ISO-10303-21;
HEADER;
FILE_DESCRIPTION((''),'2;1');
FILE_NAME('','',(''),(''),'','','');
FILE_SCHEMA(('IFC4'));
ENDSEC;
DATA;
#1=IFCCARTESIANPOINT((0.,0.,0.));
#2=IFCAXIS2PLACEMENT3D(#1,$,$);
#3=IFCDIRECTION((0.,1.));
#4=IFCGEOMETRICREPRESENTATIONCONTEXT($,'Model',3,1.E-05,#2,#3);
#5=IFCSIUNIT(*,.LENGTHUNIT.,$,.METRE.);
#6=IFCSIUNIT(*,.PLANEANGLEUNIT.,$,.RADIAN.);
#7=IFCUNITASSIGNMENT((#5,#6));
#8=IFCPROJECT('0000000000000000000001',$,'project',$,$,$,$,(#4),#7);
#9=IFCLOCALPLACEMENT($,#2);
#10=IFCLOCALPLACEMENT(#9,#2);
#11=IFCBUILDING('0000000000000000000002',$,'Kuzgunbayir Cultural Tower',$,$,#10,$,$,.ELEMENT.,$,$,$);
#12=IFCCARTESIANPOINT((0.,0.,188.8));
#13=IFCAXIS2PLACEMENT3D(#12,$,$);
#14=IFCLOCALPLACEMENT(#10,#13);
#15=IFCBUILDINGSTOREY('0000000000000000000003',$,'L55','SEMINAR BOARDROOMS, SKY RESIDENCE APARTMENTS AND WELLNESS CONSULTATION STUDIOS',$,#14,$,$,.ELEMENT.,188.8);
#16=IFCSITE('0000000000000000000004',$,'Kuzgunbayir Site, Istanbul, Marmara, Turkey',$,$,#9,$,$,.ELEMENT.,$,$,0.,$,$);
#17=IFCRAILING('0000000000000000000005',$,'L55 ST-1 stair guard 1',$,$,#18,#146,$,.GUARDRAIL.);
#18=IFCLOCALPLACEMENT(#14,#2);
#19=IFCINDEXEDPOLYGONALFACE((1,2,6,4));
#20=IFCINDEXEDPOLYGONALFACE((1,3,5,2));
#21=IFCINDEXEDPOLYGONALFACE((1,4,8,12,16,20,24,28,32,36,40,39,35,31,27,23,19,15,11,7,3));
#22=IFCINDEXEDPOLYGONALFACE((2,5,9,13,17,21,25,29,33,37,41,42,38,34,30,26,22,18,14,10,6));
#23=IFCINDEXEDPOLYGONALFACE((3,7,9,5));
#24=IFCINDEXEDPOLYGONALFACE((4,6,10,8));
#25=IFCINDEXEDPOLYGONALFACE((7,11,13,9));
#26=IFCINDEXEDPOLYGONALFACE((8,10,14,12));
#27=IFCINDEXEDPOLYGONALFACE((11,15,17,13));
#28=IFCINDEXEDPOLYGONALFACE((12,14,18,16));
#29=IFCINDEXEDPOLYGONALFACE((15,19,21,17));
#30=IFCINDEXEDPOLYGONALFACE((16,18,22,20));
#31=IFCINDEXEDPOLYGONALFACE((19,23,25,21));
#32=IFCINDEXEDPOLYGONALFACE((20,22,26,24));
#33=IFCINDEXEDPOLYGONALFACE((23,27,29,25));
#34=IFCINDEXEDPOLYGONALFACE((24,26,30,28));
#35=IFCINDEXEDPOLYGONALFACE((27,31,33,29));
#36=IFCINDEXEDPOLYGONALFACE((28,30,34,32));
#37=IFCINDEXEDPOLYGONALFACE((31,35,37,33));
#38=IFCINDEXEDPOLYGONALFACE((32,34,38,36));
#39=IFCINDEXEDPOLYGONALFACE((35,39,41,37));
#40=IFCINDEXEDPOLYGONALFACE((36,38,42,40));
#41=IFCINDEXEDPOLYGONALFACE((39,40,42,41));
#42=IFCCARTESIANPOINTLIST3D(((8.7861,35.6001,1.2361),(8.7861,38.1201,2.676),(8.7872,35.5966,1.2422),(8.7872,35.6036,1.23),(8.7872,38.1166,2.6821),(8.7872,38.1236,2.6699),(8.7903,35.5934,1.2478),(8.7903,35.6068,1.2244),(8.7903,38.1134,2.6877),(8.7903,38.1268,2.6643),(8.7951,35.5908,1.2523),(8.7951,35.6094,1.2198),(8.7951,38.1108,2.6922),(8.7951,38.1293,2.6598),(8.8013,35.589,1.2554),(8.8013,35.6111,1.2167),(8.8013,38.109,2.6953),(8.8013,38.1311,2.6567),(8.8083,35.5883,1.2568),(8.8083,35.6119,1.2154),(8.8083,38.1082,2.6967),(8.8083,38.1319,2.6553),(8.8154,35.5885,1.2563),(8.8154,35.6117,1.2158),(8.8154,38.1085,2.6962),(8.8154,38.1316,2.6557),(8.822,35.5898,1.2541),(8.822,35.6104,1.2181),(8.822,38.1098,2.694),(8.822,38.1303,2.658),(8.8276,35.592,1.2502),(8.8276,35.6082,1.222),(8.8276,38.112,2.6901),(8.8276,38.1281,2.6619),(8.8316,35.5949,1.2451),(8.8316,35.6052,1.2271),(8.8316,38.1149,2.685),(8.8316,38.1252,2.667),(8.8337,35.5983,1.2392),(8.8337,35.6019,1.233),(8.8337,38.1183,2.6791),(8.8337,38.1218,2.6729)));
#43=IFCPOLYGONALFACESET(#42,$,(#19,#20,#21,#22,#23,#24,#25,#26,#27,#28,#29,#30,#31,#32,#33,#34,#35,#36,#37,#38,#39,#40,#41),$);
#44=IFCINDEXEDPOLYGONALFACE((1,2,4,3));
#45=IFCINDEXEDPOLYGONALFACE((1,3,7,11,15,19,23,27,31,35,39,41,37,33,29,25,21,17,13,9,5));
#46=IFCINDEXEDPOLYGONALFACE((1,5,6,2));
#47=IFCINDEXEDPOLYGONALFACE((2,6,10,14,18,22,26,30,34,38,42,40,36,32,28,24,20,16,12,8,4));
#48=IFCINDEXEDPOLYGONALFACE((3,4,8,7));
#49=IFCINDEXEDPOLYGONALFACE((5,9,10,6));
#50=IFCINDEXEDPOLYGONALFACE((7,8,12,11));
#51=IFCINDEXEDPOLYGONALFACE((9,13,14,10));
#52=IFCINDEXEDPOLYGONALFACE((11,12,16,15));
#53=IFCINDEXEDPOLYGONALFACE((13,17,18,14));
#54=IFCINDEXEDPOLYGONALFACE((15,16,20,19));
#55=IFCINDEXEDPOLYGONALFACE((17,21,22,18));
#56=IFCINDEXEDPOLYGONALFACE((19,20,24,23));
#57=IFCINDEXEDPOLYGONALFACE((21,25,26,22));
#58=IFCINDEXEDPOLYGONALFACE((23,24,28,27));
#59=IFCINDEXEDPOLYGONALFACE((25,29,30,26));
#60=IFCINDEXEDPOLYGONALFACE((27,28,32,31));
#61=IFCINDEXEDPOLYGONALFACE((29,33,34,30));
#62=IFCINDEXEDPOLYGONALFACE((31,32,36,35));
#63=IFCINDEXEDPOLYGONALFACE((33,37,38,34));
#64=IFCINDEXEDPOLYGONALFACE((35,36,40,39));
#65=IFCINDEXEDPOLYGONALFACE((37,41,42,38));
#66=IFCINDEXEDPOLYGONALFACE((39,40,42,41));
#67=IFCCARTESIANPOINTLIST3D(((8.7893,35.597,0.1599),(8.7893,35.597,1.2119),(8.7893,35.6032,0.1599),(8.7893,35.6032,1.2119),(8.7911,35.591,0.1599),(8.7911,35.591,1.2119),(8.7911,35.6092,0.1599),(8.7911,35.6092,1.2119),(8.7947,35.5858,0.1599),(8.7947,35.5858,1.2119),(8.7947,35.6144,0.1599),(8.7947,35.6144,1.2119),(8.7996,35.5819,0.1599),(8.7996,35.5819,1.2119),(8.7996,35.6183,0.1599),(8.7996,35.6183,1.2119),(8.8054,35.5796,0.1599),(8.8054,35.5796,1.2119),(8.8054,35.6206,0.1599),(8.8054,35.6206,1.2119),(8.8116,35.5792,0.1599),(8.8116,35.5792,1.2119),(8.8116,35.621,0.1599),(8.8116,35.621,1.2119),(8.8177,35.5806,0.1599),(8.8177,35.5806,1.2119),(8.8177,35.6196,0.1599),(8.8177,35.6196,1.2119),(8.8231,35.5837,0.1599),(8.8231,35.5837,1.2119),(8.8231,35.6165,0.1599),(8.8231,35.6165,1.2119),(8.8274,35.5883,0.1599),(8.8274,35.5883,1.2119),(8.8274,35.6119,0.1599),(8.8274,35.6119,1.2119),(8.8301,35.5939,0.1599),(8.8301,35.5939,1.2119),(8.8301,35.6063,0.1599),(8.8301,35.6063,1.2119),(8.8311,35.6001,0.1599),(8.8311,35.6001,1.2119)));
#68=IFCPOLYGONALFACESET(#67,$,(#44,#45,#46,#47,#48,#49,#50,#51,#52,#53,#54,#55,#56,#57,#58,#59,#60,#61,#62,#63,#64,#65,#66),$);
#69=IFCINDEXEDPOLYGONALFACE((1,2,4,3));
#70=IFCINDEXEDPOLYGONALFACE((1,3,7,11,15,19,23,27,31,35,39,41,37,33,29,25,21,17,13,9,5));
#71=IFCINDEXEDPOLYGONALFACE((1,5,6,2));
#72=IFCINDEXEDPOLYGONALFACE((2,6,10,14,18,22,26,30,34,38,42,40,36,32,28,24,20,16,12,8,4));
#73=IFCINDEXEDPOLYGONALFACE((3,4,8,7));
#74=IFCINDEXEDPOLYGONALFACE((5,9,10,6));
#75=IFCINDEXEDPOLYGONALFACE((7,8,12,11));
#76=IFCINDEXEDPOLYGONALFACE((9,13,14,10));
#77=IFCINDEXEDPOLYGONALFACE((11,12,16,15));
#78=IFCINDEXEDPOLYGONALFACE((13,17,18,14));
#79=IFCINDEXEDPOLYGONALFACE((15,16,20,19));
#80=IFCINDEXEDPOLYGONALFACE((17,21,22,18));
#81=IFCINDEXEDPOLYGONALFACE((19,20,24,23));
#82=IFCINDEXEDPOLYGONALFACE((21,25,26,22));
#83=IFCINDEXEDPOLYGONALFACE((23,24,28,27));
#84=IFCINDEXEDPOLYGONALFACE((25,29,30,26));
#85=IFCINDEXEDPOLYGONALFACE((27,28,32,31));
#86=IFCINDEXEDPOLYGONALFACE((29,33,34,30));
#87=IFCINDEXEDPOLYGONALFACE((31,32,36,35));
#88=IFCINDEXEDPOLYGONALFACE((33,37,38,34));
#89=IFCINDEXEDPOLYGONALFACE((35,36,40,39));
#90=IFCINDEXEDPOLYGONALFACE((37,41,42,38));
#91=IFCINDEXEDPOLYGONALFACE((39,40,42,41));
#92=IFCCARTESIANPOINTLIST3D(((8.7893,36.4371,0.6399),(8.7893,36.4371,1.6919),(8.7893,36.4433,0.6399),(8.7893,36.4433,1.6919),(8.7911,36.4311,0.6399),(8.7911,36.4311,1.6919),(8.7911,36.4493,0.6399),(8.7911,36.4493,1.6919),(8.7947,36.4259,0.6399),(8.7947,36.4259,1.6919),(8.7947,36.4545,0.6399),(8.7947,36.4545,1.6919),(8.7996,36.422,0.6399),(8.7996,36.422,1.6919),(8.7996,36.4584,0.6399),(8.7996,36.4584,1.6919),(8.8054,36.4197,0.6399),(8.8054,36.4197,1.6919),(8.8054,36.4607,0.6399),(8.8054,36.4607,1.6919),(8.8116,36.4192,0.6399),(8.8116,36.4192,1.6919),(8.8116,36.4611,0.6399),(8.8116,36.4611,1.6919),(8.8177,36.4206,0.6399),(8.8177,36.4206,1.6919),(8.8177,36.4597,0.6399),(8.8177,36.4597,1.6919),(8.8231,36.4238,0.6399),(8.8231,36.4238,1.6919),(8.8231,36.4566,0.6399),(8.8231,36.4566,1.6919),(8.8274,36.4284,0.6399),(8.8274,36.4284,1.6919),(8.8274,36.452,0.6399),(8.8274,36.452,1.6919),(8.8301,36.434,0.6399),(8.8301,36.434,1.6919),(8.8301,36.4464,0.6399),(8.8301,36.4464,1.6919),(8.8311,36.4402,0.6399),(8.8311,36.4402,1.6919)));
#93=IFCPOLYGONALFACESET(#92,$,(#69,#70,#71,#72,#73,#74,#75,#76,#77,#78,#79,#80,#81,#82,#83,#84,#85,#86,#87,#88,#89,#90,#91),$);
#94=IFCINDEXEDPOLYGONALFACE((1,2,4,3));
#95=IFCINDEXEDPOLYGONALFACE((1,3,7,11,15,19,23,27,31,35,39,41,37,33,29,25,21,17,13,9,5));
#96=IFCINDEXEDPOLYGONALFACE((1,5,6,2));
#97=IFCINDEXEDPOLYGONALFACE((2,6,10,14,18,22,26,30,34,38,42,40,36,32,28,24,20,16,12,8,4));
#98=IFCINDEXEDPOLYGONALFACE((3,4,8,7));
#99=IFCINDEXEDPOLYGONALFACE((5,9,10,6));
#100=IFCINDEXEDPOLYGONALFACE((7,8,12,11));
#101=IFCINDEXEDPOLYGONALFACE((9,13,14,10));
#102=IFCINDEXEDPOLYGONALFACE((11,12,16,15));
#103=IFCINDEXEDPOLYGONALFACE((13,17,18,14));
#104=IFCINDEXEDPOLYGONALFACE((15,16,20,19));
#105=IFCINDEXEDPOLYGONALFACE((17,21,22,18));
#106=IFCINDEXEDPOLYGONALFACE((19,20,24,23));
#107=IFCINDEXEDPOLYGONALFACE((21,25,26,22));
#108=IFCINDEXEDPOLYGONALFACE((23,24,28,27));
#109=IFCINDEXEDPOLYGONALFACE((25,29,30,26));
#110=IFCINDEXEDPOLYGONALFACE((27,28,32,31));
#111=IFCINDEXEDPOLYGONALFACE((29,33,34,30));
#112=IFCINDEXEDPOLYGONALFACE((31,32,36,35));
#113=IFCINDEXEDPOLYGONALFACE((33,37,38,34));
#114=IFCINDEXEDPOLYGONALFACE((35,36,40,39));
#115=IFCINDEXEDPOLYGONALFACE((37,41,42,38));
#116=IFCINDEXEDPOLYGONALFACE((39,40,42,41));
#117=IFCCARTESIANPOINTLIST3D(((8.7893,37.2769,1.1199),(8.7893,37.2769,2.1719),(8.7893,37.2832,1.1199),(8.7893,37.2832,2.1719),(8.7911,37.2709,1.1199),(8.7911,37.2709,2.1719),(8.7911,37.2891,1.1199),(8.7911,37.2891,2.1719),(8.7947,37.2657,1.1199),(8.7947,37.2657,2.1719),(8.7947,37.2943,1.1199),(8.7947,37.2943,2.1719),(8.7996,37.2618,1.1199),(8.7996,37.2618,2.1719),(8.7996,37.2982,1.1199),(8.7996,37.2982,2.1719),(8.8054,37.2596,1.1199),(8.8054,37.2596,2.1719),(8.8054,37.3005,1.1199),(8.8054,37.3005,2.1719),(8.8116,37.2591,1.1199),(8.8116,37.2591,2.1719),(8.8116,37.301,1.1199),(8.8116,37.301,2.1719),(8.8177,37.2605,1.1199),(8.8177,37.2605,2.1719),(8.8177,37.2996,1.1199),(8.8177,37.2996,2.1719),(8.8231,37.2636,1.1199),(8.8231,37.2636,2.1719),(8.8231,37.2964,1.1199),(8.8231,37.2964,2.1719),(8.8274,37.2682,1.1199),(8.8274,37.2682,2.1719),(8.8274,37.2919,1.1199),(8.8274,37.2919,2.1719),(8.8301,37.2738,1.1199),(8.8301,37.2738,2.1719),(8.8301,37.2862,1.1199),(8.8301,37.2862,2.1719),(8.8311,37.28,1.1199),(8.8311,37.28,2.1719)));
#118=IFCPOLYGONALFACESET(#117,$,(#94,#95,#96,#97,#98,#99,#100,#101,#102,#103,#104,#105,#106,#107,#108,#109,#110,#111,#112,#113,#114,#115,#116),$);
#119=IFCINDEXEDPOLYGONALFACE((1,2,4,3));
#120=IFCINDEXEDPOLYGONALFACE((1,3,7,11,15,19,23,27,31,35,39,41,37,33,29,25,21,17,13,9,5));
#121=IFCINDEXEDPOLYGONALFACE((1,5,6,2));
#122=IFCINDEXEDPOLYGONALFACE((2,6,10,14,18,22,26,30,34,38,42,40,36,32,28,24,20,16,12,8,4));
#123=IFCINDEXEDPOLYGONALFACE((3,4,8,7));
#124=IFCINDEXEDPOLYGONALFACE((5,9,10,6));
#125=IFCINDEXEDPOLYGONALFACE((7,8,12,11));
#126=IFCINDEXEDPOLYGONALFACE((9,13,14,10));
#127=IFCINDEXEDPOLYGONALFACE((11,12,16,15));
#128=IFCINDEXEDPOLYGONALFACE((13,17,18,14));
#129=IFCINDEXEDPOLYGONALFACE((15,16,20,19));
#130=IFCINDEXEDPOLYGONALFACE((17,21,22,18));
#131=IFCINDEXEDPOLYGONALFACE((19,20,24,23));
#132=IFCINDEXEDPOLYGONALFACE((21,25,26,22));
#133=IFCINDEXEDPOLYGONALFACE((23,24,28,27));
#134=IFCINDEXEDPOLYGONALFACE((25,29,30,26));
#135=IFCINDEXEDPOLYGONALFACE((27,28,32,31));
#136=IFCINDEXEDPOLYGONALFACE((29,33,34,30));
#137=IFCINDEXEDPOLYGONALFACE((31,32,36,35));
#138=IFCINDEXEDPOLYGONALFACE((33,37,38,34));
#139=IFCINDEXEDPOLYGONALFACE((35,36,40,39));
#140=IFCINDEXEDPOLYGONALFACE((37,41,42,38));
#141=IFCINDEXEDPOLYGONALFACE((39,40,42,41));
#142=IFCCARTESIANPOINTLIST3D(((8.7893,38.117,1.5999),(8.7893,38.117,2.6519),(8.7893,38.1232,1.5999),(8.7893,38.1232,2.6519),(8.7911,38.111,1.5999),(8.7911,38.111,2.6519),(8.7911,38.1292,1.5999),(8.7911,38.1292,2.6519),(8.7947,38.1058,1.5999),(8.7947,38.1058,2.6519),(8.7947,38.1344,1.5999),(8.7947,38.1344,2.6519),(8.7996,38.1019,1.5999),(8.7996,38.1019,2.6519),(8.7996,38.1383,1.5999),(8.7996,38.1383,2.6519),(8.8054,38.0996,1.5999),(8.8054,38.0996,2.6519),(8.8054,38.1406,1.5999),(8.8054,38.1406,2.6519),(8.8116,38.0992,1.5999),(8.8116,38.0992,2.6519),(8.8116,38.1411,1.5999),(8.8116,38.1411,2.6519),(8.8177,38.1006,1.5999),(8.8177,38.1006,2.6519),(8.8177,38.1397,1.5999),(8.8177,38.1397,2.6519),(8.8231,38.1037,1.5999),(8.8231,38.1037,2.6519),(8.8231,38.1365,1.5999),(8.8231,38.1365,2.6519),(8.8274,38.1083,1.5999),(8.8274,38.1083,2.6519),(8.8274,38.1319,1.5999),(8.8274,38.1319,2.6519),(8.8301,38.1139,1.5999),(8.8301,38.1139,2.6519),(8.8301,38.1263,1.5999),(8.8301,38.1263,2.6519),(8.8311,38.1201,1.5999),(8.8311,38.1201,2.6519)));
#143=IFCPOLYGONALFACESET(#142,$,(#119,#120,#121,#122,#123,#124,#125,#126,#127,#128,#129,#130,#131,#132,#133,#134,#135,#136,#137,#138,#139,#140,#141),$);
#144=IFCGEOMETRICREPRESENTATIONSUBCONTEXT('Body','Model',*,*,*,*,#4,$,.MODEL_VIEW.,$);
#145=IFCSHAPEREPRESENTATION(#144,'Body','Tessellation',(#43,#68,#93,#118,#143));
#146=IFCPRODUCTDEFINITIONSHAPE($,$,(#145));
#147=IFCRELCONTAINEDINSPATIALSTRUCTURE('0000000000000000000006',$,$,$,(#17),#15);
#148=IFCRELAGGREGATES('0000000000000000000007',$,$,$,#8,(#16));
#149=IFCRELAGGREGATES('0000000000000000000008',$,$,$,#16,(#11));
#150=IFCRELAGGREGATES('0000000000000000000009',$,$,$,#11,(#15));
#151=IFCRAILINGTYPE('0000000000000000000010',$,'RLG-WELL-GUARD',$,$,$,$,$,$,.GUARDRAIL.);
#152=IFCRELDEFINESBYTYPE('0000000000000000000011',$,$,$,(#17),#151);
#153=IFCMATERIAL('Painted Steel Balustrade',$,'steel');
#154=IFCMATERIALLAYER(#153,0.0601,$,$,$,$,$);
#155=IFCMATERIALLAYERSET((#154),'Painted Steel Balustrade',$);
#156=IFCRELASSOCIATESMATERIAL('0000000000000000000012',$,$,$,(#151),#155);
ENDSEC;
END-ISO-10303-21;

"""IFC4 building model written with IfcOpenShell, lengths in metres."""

from ifc_helpers import new_model, si_unit, direction, frame, origin, origin_2d, place, context, subcontext, project, spatial, circle, extrude, material, layer, layer_set, type_object, element, save


model = new_model("IFC4")

# Units and contexts
model_context = context("Model", 3, precision=1e-05, world=origin(), true_north=direction((0.0, 1.0)))
body_context = subcontext(model_context, "Body", "Model", "MODEL_VIEW")
ifc_project = project(units=[si_unit("LENGTHUNIT", "METRE"), si_unit("PLANEANGLEUNIT", "RADIAN")], contexts=[model_context])

# Site, building, storey
site_placement = place(None, origin())
site = spatial("IfcSite", under=ifc_project, at=site_placement, Name="Kuzgunbayir Site, Istanbul, Marmara, Turkey", CompositionType="ELEMENT", RefElevation=0.0)
building_placement = place(site_placement, origin())
building = spatial("IfcBuilding", under=site, at=building_placement, Name="Kuzgunbayir Cultural Tower", CompositionType="ELEMENT")
storey_placement = place(building_placement, frame((0.0, 0.0, 188.8)))
storey = spatial("IfcBuildingStorey", under=building, at=storey_placement, Name="L55", Description="SEMINAR BOARDROOMS, SKY RESIDENCE APARTMENTS AND WELLNESS CONSULTATION STUDIOS", CompositionType="ELEMENT", Elevation=188.8)

# Railing
ifc_material_1 = material(Name="Painted Steel Balustrade", Category="steel")
ifc_layer_1 = layer(ifc_material_1, 0.0601)
ifc_layer_set_1 = layer_set([ifc_layer_1], Name="Painted Steel Balustrade")
railing_type_1 = type_object("IfcRailingType", Name="RLG-WELL-GUARD", PredefinedType="GUARDRAIL", material=ifc_layer_set_1)
railing_1_placement = place(storey_placement, frame((8.8101, 35.6001, 0.1599)))
element("IfcRailing", 1, at=railing_1_placement, inside=storey, type_object=railing_type_1, Name="L55 ST-1 stair guard 1", PredefinedType="GUARDRAIL", context=body_context, shape_type="SweptSolid", body=[
    extrude(circle(Radius=0.0239, at=origin_2d()), frame((0.0, 0.0, 1.0762), z_axis=(0.0, 0.868253, 0.496121), x_axis=(-1.0, 0.0, 0.0)), (0.0, 0.0, 1.0), 2.9023),
    extrude(circle(Radius=0.021, at=origin_2d()), origin(), (0.0, 0.0, 1.0), 1.052),
    extrude(circle(Radius=0.021, at=origin_2d()), frame((0.0, 0.8401, 0.48)), (0.0, 0.0, 1.0), 1.052),
    extrude(circle(Radius=0.021, at=origin_2d()), frame((0.0, 1.6799, 0.96)), (0.0, 0.0, 1.0), 1.052),
    extrude(circle(Radius=0.021, at=origin_2d()), frame((0.0, 2.52, 1.4399)), (0.0, 0.0, 1.0), 1.052),
])

save(model, "model.ifc")
